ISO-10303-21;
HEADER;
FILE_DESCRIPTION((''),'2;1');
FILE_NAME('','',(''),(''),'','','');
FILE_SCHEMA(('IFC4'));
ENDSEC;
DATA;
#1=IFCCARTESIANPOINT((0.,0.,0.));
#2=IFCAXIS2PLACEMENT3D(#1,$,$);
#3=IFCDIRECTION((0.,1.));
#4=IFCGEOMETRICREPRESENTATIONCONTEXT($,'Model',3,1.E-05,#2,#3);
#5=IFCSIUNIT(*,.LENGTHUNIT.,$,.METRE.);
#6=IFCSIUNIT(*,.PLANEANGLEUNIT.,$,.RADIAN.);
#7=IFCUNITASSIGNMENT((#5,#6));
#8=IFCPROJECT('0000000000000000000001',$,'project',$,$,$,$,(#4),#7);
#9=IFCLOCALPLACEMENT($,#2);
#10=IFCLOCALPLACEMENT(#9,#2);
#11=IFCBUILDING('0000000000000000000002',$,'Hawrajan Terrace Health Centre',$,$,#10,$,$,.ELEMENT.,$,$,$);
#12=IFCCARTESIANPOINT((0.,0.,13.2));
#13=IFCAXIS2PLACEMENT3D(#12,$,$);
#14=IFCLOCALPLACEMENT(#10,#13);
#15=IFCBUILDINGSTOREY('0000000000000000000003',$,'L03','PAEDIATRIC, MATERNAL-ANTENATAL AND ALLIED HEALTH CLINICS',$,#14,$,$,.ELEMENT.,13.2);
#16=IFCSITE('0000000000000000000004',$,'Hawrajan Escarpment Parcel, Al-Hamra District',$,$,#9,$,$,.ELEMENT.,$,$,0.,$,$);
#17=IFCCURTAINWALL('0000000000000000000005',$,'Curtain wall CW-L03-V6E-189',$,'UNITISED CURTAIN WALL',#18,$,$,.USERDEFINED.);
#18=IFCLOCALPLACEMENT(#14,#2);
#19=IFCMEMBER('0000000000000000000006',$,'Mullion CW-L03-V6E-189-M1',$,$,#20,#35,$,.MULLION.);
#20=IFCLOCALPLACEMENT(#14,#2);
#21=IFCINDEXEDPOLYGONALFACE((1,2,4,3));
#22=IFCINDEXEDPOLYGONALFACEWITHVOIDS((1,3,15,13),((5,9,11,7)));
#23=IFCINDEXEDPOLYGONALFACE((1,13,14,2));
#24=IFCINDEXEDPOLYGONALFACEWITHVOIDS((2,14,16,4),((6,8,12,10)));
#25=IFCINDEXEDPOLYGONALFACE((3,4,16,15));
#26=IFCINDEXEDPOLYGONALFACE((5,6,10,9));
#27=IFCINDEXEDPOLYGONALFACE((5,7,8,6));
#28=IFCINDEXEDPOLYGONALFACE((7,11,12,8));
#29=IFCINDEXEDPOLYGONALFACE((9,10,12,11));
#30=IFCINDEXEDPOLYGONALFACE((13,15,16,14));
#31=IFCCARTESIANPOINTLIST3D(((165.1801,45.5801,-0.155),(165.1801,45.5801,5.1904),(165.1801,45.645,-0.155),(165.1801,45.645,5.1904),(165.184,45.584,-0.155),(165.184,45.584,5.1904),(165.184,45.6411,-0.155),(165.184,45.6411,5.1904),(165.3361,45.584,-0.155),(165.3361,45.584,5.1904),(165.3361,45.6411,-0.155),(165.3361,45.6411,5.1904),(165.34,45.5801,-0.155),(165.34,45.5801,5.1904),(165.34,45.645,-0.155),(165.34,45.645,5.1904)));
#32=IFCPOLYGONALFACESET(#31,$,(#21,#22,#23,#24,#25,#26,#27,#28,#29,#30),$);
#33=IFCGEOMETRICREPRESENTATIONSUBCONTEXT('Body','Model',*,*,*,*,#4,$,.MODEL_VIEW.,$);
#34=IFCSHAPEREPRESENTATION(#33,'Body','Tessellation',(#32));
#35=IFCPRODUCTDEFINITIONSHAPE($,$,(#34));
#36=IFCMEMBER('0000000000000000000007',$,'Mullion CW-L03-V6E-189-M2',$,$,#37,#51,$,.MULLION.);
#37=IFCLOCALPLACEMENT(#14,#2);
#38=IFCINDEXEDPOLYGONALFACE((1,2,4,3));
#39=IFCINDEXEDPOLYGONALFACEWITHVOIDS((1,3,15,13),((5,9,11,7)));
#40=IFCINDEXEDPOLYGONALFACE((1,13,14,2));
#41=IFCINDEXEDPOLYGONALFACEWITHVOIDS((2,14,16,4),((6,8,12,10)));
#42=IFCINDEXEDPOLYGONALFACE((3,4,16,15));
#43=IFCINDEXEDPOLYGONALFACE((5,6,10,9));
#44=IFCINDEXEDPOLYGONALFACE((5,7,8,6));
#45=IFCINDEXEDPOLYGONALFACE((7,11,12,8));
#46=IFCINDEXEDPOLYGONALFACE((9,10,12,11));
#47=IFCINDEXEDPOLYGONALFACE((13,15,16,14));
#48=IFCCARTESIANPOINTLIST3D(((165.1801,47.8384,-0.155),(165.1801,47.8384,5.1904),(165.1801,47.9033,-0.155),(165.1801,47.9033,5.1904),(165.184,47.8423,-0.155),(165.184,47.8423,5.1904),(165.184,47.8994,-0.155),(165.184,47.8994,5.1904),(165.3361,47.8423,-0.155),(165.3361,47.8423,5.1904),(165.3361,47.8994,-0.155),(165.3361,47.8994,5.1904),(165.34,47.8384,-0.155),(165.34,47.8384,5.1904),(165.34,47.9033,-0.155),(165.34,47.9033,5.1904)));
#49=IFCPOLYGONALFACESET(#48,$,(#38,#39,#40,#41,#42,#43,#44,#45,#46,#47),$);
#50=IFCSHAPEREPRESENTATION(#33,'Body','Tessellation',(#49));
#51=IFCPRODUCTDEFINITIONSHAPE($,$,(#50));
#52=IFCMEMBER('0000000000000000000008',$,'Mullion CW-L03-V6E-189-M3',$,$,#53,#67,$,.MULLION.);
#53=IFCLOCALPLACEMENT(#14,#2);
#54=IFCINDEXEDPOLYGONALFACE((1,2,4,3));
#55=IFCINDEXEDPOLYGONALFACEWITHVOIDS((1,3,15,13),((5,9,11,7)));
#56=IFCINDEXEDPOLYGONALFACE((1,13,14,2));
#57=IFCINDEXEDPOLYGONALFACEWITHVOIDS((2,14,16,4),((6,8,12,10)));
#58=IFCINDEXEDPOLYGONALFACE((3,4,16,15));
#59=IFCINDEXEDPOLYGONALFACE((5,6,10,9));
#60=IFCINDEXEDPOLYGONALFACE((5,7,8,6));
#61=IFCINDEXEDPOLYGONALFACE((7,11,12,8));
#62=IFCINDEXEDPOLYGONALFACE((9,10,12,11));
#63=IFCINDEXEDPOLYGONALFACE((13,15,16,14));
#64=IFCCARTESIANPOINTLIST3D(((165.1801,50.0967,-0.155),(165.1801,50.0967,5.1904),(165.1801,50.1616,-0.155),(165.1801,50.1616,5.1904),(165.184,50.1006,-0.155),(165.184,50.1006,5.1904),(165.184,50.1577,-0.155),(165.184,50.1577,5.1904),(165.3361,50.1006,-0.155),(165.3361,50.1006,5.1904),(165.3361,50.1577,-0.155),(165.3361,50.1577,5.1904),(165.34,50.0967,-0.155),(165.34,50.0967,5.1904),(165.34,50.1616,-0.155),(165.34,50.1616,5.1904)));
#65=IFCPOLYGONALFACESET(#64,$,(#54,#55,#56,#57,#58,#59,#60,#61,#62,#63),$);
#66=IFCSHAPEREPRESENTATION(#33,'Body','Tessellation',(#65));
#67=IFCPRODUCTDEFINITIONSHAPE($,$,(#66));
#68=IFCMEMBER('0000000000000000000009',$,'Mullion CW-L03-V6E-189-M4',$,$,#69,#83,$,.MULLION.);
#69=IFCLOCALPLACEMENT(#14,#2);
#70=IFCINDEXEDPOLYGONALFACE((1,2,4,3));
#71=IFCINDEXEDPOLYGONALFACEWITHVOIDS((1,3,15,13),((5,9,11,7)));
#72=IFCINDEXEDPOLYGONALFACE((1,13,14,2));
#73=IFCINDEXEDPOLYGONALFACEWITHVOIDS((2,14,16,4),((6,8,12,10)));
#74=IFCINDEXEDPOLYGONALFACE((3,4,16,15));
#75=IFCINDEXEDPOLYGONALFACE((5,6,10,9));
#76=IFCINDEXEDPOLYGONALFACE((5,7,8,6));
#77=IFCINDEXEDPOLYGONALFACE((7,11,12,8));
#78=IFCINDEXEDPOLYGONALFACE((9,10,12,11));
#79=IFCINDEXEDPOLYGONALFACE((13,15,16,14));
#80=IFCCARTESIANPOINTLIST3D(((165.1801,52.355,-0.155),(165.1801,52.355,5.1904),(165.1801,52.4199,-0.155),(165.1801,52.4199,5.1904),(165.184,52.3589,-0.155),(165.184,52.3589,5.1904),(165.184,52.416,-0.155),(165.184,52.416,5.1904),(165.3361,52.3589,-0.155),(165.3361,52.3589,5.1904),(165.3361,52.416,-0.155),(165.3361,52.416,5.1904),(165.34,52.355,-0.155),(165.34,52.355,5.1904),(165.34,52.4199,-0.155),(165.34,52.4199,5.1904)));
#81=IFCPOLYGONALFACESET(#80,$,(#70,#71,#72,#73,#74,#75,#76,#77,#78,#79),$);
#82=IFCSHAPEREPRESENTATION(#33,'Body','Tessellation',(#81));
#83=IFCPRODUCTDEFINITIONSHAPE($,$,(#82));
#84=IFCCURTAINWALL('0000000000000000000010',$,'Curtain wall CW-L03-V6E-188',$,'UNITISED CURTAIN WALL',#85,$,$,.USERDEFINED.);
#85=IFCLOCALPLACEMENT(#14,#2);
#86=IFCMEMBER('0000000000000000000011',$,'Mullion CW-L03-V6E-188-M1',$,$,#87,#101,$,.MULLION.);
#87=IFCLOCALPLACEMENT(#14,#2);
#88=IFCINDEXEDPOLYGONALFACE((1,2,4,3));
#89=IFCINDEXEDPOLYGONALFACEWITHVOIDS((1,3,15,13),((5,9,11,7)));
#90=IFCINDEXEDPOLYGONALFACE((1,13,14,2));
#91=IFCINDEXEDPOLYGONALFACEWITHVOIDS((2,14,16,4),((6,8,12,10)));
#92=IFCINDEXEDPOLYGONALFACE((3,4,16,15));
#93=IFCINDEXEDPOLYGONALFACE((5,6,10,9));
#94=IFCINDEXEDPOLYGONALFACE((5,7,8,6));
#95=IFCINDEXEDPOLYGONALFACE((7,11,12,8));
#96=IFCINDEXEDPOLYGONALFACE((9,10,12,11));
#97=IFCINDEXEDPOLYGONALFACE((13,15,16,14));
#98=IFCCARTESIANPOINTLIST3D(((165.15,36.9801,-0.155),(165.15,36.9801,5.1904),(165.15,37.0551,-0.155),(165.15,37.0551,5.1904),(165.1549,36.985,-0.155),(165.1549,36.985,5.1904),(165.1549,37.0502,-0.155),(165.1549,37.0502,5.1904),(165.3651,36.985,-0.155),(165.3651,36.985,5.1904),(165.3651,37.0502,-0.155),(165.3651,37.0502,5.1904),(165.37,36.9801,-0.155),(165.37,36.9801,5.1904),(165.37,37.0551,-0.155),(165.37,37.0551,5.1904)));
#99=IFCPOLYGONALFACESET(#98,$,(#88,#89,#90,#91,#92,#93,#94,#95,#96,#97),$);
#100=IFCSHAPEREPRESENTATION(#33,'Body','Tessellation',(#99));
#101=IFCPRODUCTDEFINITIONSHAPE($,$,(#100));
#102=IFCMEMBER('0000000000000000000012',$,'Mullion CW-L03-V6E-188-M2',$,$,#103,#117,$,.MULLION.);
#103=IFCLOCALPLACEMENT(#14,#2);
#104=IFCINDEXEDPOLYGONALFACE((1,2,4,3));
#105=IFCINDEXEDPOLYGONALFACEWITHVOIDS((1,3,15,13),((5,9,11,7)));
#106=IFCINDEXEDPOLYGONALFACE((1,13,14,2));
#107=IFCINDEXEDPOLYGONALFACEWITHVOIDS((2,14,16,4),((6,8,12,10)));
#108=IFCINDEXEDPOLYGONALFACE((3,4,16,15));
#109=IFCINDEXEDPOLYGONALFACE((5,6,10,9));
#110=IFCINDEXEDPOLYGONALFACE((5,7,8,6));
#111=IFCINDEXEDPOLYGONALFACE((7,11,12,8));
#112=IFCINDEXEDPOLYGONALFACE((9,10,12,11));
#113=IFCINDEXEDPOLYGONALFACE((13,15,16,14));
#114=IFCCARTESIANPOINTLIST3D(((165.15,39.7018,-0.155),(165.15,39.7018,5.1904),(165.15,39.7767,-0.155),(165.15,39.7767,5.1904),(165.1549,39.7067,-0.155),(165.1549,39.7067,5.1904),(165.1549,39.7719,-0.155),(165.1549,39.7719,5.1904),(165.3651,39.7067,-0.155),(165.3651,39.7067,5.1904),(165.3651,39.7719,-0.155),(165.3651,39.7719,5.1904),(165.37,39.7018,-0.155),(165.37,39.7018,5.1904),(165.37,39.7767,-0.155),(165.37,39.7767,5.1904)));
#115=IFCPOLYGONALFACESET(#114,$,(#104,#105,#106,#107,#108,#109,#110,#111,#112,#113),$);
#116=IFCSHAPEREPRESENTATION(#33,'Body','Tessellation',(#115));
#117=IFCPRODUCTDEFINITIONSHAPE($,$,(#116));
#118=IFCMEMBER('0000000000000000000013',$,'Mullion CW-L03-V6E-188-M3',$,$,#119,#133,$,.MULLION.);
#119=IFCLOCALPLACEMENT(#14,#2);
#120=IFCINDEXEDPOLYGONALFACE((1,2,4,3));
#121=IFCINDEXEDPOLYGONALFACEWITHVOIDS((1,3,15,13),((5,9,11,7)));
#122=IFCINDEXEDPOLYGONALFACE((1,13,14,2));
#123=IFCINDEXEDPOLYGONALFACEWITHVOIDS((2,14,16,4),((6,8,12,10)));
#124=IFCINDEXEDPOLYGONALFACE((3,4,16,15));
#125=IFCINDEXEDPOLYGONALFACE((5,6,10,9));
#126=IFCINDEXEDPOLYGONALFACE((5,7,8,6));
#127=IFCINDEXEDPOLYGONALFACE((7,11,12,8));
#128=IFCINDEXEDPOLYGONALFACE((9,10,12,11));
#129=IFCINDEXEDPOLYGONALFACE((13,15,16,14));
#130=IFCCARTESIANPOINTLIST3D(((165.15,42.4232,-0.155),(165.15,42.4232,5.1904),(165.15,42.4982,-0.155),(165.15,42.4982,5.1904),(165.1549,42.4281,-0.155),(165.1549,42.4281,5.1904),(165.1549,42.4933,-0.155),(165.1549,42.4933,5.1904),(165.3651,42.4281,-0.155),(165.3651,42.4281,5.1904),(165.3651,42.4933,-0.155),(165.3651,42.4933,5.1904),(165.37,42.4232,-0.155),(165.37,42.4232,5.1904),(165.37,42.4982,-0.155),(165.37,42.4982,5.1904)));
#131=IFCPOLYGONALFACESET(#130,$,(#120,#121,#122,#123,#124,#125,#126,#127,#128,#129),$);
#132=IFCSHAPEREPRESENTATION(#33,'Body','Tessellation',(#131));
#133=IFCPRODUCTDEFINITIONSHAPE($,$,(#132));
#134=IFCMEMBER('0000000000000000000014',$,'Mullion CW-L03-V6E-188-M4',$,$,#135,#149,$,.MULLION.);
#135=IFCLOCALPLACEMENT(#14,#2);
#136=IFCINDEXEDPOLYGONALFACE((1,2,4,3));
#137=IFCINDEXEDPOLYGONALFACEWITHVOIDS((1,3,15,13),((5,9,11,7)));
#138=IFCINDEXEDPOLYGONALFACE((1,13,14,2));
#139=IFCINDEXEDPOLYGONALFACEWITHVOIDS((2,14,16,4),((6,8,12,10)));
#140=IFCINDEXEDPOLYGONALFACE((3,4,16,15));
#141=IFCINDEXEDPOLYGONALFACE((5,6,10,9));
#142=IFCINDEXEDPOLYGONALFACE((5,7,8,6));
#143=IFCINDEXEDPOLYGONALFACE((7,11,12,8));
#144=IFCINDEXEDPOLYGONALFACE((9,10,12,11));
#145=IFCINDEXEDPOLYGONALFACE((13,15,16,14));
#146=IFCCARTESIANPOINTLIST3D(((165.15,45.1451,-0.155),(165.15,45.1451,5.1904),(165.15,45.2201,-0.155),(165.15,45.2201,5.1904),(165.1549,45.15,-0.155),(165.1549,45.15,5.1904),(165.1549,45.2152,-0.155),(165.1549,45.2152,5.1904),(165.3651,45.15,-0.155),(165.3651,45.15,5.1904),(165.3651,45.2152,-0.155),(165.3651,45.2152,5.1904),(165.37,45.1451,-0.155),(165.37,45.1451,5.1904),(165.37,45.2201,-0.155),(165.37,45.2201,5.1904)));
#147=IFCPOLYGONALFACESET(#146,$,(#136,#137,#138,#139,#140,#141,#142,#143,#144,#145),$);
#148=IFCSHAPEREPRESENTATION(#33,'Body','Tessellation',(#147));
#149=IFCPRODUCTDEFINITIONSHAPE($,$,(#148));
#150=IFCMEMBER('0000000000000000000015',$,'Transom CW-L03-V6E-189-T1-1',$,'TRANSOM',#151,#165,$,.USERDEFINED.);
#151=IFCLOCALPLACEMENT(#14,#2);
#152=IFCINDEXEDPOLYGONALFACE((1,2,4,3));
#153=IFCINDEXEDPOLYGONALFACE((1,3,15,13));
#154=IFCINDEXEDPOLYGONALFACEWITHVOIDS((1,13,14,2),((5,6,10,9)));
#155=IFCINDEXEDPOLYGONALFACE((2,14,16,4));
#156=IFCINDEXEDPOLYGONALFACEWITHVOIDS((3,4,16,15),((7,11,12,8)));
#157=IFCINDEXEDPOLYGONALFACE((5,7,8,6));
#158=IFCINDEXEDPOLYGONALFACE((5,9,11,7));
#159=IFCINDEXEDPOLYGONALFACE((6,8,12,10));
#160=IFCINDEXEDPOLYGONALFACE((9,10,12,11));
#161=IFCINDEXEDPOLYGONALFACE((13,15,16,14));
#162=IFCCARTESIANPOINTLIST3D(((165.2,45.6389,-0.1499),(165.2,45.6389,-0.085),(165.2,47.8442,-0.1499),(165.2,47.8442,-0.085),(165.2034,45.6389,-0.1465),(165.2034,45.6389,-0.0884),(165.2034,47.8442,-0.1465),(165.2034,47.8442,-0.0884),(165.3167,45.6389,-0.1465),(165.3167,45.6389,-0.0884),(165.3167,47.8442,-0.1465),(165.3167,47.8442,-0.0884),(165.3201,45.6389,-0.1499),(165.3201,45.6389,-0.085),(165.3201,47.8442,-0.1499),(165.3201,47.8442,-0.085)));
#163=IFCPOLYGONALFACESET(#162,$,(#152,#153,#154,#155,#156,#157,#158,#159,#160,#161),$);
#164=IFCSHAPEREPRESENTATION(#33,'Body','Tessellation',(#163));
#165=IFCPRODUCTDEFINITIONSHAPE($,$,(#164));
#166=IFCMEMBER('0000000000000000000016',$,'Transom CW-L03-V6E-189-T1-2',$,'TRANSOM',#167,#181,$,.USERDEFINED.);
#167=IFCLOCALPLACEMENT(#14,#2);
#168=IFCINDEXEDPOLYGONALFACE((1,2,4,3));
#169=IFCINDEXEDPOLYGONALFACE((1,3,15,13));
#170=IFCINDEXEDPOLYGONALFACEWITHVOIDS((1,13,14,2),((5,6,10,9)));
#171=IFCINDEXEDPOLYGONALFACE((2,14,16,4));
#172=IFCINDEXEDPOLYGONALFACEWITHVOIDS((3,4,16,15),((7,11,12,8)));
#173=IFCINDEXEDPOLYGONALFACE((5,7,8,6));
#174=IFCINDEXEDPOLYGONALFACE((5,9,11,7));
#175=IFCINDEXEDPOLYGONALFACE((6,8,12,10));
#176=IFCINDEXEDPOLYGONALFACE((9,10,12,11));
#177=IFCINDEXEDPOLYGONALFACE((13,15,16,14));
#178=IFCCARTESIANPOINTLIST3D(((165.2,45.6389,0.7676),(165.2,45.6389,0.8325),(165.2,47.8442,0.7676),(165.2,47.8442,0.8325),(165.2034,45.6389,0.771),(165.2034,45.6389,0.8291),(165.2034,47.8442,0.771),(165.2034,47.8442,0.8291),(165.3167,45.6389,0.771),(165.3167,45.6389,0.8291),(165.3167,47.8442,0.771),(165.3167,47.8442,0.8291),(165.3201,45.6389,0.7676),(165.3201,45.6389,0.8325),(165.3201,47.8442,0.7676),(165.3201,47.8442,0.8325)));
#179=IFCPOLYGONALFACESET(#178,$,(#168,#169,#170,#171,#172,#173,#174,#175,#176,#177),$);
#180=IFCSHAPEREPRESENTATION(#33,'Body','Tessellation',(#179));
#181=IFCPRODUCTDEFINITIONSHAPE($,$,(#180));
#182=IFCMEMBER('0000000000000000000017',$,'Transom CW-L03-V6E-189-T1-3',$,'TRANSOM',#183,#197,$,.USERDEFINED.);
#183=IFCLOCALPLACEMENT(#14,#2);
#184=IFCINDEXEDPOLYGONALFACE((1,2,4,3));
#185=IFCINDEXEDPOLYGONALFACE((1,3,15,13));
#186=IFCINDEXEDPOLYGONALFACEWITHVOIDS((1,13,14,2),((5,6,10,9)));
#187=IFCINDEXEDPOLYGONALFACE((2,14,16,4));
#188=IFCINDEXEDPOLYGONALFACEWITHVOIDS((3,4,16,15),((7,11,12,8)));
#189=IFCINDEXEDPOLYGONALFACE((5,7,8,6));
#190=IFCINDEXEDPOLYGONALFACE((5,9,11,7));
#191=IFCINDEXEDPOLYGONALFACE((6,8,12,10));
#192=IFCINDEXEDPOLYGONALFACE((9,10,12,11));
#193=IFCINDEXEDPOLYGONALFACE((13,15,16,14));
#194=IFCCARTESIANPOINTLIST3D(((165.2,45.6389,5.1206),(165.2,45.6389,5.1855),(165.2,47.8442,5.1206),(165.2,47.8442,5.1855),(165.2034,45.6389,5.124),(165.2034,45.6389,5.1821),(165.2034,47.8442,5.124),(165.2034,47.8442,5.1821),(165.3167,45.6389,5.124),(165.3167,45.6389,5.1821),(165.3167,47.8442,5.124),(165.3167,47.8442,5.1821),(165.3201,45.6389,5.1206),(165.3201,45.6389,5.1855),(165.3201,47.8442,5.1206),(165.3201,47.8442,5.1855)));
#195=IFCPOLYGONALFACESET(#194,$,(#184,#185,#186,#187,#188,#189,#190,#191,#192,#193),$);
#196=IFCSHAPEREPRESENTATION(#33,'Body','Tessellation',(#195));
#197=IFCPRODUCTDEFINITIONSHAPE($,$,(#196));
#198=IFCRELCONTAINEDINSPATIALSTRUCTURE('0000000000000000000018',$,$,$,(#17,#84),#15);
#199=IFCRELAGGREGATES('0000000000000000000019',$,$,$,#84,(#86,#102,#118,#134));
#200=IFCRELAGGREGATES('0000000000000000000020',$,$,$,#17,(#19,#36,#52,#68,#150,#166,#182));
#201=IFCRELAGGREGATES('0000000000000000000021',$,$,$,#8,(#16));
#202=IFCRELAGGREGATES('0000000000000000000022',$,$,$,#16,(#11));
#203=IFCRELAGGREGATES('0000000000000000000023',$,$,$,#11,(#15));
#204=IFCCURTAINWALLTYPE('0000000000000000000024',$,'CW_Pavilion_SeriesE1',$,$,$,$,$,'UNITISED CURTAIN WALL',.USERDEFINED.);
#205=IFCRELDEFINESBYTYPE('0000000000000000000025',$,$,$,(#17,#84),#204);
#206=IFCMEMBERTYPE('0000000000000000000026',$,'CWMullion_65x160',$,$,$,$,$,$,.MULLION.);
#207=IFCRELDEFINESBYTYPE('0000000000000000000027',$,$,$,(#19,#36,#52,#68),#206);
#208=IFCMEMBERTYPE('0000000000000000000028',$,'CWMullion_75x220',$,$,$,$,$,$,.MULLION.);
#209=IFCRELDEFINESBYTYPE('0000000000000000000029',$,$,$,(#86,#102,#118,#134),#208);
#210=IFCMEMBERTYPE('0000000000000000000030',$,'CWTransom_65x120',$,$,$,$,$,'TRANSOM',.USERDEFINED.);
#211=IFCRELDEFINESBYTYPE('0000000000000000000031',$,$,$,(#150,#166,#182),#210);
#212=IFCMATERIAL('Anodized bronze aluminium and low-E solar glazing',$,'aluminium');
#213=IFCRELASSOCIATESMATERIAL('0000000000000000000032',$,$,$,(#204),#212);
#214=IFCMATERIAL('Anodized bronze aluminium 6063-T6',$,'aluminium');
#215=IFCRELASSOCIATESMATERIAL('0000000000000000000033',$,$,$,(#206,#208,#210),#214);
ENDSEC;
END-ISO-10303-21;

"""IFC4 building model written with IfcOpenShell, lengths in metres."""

from ifc_helpers import new_model, si_unit, direction, frame, origin, origin_2d, place, context, subcontext, project, spatial, hollow_rectangle, extrude, material, material_profile, profile_set, type_object, element, aggregate, save


model = new_model("IFC4")

# Units and contexts
model_context = context("Model", 3, precision=1e-05, world=origin(), true_north=direction((0.0, 1.0)))
body_context = subcontext(model_context, "Body", "Model", "MODEL_VIEW")
ifc_project = project(units=[si_unit("LENGTHUNIT", "METRE"), si_unit("PLANEANGLEUNIT", "RADIAN")], contexts=[model_context])

# Site, building, storey
site_placement = place(None, origin())
site = spatial("IfcSite", under=ifc_project, at=site_placement, Name="Hawrajan Escarpment Parcel, Al-Hamra District", CompositionType="ELEMENT", RefElevation=0.0)
building_placement = place(site_placement, origin())
building = spatial("IfcBuilding", under=site, at=building_placement, Name="Hawrajan Terrace Health Centre", CompositionType="ELEMENT")
storey_placement = place(building_placement, frame((0.0, 0.0, 13.2)))
storey = spatial("IfcBuildingStorey", under=building, at=storey_placement, Name="L03", Description="PAEDIATRIC, MATERNAL-ANTENATAL AND ALLIED HEALTH CLINICS", CompositionType="ELEMENT", Elevation=13.2)

# Curtain walls, members
ifc_material_1 = material(Name="Anodized bronze aluminium and low-E solar glazing", Category="aluminium")
curtain_wall_type = type_object("IfcCurtainWallType", Name="CW_Pavilion_SeriesE1", ElementType="UNITISED CURTAIN WALL", PredefinedType="USERDEFINED", material=ifc_material_1)
curtain_wall_1_placement = place(storey_placement, origin())
curtain_wall_1 = element("IfcCurtainWall", 1, at=curtain_wall_1_placement, inside=storey, type_object=curtain_wall_type, Name="Curtain wall CW-L03-V6E-189", ObjectType="UNITISED CURTAIN WALL", PredefinedType="USERDEFINED")
ifc_material_2 = material(Name="Anodized bronze aluminium 6063-T6", Category="aluminium")
ifc_material_profile_1 = material_profile(ifc_material_2, hollow_rectangle(XDim=0.0649, YDim=0.1599, WallThickness=0.0039, at=origin_2d()), Name="CW MUL 65x160")
ifc_profile_set_1 = profile_set([ifc_material_profile_1], Name="Anodized bronze aluminium 6063-T6")
member_type_1 = type_object("IfcMemberType", Name="CWMullion_65x160", PredefinedType="MULLION", material=ifc_profile_set_1)
member_1_placement = place(storey_placement, frame((165.26, 45.6125, -0.155), z_axis=(0.0, 0.0, 1.0), x_axis=(0.0, 1.0, 0.0)))
member_1 = element("IfcMember", 2, at=member_1_placement, type_object=member_type_1, Name="Mullion CW-L03-V6E-189-M1", PredefinedType="MULLION", context=body_context, shape_type="SweptSolid", body=[
    extrude(hollow_rectangle(XDim=0.0649, YDim=0.1599, WallThickness=0.0039, at=origin_2d()), origin(), (0.0, 0.0, 1.0), 5.3455),
])
member_2_placement = place(storey_placement, frame((165.26, 47.8708, -0.155), z_axis=(0.0, 0.0, 1.0), x_axis=(0.0, 1.0, 0.0)))
member_2 = element("IfcMember", 3, at=member_2_placement, type_object=member_type_1, Name="Mullion CW-L03-V6E-189-M2", PredefinedType="MULLION", context=body_context, shape_type="SweptSolid", body=[
    extrude(hollow_rectangle(XDim=0.0649, YDim=0.1599, WallThickness=0.0039, at=origin_2d()), origin(), (0.0, 0.0, 1.0), 5.3455),
])
member_3_placement = place(storey_placement, frame((165.26, 50.1292, -0.155), z_axis=(0.0, 0.0, 1.0), x_axis=(0.0, 1.0, 0.0)))
member_3 = element("IfcMember", 4, at=member_3_placement, type_object=member_type_1, Name="Mullion CW-L03-V6E-189-M3", PredefinedType="MULLION", context=body_context, shape_type="SweptSolid", body=[
    extrude(hollow_rectangle(XDim=0.0649, YDim=0.1599, WallThickness=0.0039, at=origin_2d()), origin(), (0.0, 0.0, 1.0), 5.3455),
])
member_4_placement = place(storey_placement, frame((165.26, 52.3875, -0.155), z_axis=(0.0, 0.0, 1.0), x_axis=(0.0, 1.0, 0.0)))
member_4 = element("IfcMember", 5, at=member_4_placement, type_object=member_type_1, Name="Mullion CW-L03-V6E-189-M4", PredefinedType="MULLION", context=body_context, shape_type="SweptSolid", body=[
    extrude(hollow_rectangle(XDim=0.0649, YDim=0.1599, WallThickness=0.0039, at=origin_2d()), origin(), (0.0, 0.0, 1.0), 5.3455),
])
curtain_wall_2_placement = place(storey_placement, origin())
curtain_wall_2 = element("IfcCurtainWall", 6, at=curtain_wall_2_placement, inside=storey, type_object=curtain_wall_type, Name="Curtain wall CW-L03-V6E-188", ObjectType="UNITISED CURTAIN WALL", PredefinedType="USERDEFINED")
ifc_material_profile_2 = material_profile(ifc_material_2, hollow_rectangle(XDim=0.075, YDim=0.22, WallThickness=0.0049, at=origin_2d()), Name="CW MUL 75x220")
ifc_profile_set_2 = profile_set([ifc_material_profile_2], Name="Anodized bronze aluminium 6063-T6")
member_type_2 = type_object("IfcMemberType", Name="CWMullion_75x220", PredefinedType="MULLION", material=ifc_profile_set_2)
member_5_placement = place(storey_placement, frame((165.26, 37.0176, -0.155), z_axis=(0.0, 0.0, 1.0), x_axis=(0.0, 1.0, 0.0)))
member_5 = element("IfcMember", 7, at=member_5_placement, type_object=member_type_2, Name="Mullion CW-L03-V6E-188-M1", PredefinedType="MULLION", context=body_context, shape_type="SweptSolid", body=[
    extrude(hollow_rectangle(XDim=0.075, YDim=0.22, WallThickness=0.0049, at=origin_2d()), origin(), (0.0, 0.0, 1.0), 5.3455),
])
member_6_placement = place(storey_placement, frame((165.26, 39.7393, -0.155), z_axis=(0.0, 0.0, 1.0), x_axis=(0.0, 1.0, 0.0)))
member_6 = element("IfcMember", 8, at=member_6_placement, type_object=member_type_2, Name="Mullion CW-L03-V6E-188-M2", PredefinedType="MULLION", context=body_context, shape_type="SweptSolid", body=[
    extrude(hollow_rectangle(XDim=0.075, YDim=0.22, WallThickness=0.0049, at=origin_2d()), origin(), (0.0, 0.0, 1.0), 5.3455),
])
member_7_placement = place(storey_placement, frame((165.26, 42.4607, -0.155), z_axis=(0.0, 0.0, 1.0), x_axis=(0.0, 1.0, 0.0)))
member_7 = element("IfcMember", 9, at=member_7_placement, type_object=member_type_2, Name="Mullion CW-L03-V6E-188-M3", PredefinedType="MULLION", context=body_context, shape_type="SweptSolid", body=[
    extrude(hollow_rectangle(XDim=0.075, YDim=0.22, WallThickness=0.0049, at=origin_2d()), origin(), (0.0, 0.0, 1.0), 5.3455),
])
member_8_placement = place(storey_placement, frame((165.26, 45.1826, -0.155), z_axis=(0.0, 0.0, 1.0), x_axis=(0.0, 1.0, 0.0)))
member_8 = element("IfcMember", 10, at=member_8_placement, type_object=member_type_2, Name="Mullion CW-L03-V6E-188-M4", PredefinedType="MULLION", context=body_context, shape_type="SweptSolid", body=[
    extrude(hollow_rectangle(XDim=0.075, YDim=0.22, WallThickness=0.0049, at=origin_2d()), origin(), (0.0, 0.0, 1.0), 5.3455),
])

# Members
ifc_material_profile_3 = material_profile(ifc_material_2, hollow_rectangle(XDim=0.0649, YDim=0.1201, WallThickness=0.0034, at=origin_2d()), Name="CW TRN 65x120")
ifc_profile_set_3 = profile_set([ifc_material_profile_3], Name="Anodized bronze aluminium 6063-T6")
member_type_3 = type_object("IfcMemberType", Name="CWTransom_65x120", ElementType="TRANSOM", PredefinedType="USERDEFINED", material=ifc_profile_set_3)
member_9_placement = place(storey_placement, frame((165.26, 45.6389, -0.1174), z_axis=(0.0, 1.0, 0.0), x_axis=(0.0, 0.0, 1.0)))
member_9 = element("IfcMember", 11, at=member_9_placement, type_object=member_type_3, Name="Transom CW-L03-V6E-189-T1-1", ObjectType="TRANSOM", PredefinedType="USERDEFINED", context=body_context, shape_type="SweptSolid", body=[
    extrude(hollow_rectangle(XDim=0.0649, YDim=0.1201, WallThickness=0.0034, at=origin_2d()), origin(), (0.0, 0.0, 1.0), 2.2053),
])
member_10_placement = place(storey_placement, frame((165.26, 45.6389, 0.8), z_axis=(0.0, 1.0, 0.0), x_axis=(0.0, 0.0, 1.0)))
member_10 = element("IfcMember", 12, at=member_10_placement, type_object=member_type_3, Name="Transom CW-L03-V6E-189-T1-2", ObjectType="TRANSOM", PredefinedType="USERDEFINED", context=body_context, shape_type="SweptSolid", body=[
    extrude(hollow_rectangle(XDim=0.0649, YDim=0.1201, WallThickness=0.0034, at=origin_2d()), origin(), (0.0, 0.0, 1.0), 2.2053),
])
member_11_placement = place(storey_placement, frame((165.26, 45.6389, 5.1531), z_axis=(0.0, 1.0, 0.0), x_axis=(0.0, 0.0, 1.0)))
member_11 = element("IfcMember", 13, at=member_11_placement, type_object=member_type_3, Name="Transom CW-L03-V6E-189-T1-3", ObjectType="TRANSOM", PredefinedType="USERDEFINED", context=body_context, shape_type="SweptSolid", body=[
    extrude(hollow_rectangle(XDim=0.0649, YDim=0.1201, WallThickness=0.0034, at=origin_2d()), origin(), (0.0, 0.0, 1.0), 2.2053),
])

aggregate(curtain_wall_2, [member_5, member_6, member_7, member_8])
aggregate(curtain_wall_1, [member_1, member_2, member_3, member_4, member_9, member_10, member_11])

save(model, "model.ifc")
